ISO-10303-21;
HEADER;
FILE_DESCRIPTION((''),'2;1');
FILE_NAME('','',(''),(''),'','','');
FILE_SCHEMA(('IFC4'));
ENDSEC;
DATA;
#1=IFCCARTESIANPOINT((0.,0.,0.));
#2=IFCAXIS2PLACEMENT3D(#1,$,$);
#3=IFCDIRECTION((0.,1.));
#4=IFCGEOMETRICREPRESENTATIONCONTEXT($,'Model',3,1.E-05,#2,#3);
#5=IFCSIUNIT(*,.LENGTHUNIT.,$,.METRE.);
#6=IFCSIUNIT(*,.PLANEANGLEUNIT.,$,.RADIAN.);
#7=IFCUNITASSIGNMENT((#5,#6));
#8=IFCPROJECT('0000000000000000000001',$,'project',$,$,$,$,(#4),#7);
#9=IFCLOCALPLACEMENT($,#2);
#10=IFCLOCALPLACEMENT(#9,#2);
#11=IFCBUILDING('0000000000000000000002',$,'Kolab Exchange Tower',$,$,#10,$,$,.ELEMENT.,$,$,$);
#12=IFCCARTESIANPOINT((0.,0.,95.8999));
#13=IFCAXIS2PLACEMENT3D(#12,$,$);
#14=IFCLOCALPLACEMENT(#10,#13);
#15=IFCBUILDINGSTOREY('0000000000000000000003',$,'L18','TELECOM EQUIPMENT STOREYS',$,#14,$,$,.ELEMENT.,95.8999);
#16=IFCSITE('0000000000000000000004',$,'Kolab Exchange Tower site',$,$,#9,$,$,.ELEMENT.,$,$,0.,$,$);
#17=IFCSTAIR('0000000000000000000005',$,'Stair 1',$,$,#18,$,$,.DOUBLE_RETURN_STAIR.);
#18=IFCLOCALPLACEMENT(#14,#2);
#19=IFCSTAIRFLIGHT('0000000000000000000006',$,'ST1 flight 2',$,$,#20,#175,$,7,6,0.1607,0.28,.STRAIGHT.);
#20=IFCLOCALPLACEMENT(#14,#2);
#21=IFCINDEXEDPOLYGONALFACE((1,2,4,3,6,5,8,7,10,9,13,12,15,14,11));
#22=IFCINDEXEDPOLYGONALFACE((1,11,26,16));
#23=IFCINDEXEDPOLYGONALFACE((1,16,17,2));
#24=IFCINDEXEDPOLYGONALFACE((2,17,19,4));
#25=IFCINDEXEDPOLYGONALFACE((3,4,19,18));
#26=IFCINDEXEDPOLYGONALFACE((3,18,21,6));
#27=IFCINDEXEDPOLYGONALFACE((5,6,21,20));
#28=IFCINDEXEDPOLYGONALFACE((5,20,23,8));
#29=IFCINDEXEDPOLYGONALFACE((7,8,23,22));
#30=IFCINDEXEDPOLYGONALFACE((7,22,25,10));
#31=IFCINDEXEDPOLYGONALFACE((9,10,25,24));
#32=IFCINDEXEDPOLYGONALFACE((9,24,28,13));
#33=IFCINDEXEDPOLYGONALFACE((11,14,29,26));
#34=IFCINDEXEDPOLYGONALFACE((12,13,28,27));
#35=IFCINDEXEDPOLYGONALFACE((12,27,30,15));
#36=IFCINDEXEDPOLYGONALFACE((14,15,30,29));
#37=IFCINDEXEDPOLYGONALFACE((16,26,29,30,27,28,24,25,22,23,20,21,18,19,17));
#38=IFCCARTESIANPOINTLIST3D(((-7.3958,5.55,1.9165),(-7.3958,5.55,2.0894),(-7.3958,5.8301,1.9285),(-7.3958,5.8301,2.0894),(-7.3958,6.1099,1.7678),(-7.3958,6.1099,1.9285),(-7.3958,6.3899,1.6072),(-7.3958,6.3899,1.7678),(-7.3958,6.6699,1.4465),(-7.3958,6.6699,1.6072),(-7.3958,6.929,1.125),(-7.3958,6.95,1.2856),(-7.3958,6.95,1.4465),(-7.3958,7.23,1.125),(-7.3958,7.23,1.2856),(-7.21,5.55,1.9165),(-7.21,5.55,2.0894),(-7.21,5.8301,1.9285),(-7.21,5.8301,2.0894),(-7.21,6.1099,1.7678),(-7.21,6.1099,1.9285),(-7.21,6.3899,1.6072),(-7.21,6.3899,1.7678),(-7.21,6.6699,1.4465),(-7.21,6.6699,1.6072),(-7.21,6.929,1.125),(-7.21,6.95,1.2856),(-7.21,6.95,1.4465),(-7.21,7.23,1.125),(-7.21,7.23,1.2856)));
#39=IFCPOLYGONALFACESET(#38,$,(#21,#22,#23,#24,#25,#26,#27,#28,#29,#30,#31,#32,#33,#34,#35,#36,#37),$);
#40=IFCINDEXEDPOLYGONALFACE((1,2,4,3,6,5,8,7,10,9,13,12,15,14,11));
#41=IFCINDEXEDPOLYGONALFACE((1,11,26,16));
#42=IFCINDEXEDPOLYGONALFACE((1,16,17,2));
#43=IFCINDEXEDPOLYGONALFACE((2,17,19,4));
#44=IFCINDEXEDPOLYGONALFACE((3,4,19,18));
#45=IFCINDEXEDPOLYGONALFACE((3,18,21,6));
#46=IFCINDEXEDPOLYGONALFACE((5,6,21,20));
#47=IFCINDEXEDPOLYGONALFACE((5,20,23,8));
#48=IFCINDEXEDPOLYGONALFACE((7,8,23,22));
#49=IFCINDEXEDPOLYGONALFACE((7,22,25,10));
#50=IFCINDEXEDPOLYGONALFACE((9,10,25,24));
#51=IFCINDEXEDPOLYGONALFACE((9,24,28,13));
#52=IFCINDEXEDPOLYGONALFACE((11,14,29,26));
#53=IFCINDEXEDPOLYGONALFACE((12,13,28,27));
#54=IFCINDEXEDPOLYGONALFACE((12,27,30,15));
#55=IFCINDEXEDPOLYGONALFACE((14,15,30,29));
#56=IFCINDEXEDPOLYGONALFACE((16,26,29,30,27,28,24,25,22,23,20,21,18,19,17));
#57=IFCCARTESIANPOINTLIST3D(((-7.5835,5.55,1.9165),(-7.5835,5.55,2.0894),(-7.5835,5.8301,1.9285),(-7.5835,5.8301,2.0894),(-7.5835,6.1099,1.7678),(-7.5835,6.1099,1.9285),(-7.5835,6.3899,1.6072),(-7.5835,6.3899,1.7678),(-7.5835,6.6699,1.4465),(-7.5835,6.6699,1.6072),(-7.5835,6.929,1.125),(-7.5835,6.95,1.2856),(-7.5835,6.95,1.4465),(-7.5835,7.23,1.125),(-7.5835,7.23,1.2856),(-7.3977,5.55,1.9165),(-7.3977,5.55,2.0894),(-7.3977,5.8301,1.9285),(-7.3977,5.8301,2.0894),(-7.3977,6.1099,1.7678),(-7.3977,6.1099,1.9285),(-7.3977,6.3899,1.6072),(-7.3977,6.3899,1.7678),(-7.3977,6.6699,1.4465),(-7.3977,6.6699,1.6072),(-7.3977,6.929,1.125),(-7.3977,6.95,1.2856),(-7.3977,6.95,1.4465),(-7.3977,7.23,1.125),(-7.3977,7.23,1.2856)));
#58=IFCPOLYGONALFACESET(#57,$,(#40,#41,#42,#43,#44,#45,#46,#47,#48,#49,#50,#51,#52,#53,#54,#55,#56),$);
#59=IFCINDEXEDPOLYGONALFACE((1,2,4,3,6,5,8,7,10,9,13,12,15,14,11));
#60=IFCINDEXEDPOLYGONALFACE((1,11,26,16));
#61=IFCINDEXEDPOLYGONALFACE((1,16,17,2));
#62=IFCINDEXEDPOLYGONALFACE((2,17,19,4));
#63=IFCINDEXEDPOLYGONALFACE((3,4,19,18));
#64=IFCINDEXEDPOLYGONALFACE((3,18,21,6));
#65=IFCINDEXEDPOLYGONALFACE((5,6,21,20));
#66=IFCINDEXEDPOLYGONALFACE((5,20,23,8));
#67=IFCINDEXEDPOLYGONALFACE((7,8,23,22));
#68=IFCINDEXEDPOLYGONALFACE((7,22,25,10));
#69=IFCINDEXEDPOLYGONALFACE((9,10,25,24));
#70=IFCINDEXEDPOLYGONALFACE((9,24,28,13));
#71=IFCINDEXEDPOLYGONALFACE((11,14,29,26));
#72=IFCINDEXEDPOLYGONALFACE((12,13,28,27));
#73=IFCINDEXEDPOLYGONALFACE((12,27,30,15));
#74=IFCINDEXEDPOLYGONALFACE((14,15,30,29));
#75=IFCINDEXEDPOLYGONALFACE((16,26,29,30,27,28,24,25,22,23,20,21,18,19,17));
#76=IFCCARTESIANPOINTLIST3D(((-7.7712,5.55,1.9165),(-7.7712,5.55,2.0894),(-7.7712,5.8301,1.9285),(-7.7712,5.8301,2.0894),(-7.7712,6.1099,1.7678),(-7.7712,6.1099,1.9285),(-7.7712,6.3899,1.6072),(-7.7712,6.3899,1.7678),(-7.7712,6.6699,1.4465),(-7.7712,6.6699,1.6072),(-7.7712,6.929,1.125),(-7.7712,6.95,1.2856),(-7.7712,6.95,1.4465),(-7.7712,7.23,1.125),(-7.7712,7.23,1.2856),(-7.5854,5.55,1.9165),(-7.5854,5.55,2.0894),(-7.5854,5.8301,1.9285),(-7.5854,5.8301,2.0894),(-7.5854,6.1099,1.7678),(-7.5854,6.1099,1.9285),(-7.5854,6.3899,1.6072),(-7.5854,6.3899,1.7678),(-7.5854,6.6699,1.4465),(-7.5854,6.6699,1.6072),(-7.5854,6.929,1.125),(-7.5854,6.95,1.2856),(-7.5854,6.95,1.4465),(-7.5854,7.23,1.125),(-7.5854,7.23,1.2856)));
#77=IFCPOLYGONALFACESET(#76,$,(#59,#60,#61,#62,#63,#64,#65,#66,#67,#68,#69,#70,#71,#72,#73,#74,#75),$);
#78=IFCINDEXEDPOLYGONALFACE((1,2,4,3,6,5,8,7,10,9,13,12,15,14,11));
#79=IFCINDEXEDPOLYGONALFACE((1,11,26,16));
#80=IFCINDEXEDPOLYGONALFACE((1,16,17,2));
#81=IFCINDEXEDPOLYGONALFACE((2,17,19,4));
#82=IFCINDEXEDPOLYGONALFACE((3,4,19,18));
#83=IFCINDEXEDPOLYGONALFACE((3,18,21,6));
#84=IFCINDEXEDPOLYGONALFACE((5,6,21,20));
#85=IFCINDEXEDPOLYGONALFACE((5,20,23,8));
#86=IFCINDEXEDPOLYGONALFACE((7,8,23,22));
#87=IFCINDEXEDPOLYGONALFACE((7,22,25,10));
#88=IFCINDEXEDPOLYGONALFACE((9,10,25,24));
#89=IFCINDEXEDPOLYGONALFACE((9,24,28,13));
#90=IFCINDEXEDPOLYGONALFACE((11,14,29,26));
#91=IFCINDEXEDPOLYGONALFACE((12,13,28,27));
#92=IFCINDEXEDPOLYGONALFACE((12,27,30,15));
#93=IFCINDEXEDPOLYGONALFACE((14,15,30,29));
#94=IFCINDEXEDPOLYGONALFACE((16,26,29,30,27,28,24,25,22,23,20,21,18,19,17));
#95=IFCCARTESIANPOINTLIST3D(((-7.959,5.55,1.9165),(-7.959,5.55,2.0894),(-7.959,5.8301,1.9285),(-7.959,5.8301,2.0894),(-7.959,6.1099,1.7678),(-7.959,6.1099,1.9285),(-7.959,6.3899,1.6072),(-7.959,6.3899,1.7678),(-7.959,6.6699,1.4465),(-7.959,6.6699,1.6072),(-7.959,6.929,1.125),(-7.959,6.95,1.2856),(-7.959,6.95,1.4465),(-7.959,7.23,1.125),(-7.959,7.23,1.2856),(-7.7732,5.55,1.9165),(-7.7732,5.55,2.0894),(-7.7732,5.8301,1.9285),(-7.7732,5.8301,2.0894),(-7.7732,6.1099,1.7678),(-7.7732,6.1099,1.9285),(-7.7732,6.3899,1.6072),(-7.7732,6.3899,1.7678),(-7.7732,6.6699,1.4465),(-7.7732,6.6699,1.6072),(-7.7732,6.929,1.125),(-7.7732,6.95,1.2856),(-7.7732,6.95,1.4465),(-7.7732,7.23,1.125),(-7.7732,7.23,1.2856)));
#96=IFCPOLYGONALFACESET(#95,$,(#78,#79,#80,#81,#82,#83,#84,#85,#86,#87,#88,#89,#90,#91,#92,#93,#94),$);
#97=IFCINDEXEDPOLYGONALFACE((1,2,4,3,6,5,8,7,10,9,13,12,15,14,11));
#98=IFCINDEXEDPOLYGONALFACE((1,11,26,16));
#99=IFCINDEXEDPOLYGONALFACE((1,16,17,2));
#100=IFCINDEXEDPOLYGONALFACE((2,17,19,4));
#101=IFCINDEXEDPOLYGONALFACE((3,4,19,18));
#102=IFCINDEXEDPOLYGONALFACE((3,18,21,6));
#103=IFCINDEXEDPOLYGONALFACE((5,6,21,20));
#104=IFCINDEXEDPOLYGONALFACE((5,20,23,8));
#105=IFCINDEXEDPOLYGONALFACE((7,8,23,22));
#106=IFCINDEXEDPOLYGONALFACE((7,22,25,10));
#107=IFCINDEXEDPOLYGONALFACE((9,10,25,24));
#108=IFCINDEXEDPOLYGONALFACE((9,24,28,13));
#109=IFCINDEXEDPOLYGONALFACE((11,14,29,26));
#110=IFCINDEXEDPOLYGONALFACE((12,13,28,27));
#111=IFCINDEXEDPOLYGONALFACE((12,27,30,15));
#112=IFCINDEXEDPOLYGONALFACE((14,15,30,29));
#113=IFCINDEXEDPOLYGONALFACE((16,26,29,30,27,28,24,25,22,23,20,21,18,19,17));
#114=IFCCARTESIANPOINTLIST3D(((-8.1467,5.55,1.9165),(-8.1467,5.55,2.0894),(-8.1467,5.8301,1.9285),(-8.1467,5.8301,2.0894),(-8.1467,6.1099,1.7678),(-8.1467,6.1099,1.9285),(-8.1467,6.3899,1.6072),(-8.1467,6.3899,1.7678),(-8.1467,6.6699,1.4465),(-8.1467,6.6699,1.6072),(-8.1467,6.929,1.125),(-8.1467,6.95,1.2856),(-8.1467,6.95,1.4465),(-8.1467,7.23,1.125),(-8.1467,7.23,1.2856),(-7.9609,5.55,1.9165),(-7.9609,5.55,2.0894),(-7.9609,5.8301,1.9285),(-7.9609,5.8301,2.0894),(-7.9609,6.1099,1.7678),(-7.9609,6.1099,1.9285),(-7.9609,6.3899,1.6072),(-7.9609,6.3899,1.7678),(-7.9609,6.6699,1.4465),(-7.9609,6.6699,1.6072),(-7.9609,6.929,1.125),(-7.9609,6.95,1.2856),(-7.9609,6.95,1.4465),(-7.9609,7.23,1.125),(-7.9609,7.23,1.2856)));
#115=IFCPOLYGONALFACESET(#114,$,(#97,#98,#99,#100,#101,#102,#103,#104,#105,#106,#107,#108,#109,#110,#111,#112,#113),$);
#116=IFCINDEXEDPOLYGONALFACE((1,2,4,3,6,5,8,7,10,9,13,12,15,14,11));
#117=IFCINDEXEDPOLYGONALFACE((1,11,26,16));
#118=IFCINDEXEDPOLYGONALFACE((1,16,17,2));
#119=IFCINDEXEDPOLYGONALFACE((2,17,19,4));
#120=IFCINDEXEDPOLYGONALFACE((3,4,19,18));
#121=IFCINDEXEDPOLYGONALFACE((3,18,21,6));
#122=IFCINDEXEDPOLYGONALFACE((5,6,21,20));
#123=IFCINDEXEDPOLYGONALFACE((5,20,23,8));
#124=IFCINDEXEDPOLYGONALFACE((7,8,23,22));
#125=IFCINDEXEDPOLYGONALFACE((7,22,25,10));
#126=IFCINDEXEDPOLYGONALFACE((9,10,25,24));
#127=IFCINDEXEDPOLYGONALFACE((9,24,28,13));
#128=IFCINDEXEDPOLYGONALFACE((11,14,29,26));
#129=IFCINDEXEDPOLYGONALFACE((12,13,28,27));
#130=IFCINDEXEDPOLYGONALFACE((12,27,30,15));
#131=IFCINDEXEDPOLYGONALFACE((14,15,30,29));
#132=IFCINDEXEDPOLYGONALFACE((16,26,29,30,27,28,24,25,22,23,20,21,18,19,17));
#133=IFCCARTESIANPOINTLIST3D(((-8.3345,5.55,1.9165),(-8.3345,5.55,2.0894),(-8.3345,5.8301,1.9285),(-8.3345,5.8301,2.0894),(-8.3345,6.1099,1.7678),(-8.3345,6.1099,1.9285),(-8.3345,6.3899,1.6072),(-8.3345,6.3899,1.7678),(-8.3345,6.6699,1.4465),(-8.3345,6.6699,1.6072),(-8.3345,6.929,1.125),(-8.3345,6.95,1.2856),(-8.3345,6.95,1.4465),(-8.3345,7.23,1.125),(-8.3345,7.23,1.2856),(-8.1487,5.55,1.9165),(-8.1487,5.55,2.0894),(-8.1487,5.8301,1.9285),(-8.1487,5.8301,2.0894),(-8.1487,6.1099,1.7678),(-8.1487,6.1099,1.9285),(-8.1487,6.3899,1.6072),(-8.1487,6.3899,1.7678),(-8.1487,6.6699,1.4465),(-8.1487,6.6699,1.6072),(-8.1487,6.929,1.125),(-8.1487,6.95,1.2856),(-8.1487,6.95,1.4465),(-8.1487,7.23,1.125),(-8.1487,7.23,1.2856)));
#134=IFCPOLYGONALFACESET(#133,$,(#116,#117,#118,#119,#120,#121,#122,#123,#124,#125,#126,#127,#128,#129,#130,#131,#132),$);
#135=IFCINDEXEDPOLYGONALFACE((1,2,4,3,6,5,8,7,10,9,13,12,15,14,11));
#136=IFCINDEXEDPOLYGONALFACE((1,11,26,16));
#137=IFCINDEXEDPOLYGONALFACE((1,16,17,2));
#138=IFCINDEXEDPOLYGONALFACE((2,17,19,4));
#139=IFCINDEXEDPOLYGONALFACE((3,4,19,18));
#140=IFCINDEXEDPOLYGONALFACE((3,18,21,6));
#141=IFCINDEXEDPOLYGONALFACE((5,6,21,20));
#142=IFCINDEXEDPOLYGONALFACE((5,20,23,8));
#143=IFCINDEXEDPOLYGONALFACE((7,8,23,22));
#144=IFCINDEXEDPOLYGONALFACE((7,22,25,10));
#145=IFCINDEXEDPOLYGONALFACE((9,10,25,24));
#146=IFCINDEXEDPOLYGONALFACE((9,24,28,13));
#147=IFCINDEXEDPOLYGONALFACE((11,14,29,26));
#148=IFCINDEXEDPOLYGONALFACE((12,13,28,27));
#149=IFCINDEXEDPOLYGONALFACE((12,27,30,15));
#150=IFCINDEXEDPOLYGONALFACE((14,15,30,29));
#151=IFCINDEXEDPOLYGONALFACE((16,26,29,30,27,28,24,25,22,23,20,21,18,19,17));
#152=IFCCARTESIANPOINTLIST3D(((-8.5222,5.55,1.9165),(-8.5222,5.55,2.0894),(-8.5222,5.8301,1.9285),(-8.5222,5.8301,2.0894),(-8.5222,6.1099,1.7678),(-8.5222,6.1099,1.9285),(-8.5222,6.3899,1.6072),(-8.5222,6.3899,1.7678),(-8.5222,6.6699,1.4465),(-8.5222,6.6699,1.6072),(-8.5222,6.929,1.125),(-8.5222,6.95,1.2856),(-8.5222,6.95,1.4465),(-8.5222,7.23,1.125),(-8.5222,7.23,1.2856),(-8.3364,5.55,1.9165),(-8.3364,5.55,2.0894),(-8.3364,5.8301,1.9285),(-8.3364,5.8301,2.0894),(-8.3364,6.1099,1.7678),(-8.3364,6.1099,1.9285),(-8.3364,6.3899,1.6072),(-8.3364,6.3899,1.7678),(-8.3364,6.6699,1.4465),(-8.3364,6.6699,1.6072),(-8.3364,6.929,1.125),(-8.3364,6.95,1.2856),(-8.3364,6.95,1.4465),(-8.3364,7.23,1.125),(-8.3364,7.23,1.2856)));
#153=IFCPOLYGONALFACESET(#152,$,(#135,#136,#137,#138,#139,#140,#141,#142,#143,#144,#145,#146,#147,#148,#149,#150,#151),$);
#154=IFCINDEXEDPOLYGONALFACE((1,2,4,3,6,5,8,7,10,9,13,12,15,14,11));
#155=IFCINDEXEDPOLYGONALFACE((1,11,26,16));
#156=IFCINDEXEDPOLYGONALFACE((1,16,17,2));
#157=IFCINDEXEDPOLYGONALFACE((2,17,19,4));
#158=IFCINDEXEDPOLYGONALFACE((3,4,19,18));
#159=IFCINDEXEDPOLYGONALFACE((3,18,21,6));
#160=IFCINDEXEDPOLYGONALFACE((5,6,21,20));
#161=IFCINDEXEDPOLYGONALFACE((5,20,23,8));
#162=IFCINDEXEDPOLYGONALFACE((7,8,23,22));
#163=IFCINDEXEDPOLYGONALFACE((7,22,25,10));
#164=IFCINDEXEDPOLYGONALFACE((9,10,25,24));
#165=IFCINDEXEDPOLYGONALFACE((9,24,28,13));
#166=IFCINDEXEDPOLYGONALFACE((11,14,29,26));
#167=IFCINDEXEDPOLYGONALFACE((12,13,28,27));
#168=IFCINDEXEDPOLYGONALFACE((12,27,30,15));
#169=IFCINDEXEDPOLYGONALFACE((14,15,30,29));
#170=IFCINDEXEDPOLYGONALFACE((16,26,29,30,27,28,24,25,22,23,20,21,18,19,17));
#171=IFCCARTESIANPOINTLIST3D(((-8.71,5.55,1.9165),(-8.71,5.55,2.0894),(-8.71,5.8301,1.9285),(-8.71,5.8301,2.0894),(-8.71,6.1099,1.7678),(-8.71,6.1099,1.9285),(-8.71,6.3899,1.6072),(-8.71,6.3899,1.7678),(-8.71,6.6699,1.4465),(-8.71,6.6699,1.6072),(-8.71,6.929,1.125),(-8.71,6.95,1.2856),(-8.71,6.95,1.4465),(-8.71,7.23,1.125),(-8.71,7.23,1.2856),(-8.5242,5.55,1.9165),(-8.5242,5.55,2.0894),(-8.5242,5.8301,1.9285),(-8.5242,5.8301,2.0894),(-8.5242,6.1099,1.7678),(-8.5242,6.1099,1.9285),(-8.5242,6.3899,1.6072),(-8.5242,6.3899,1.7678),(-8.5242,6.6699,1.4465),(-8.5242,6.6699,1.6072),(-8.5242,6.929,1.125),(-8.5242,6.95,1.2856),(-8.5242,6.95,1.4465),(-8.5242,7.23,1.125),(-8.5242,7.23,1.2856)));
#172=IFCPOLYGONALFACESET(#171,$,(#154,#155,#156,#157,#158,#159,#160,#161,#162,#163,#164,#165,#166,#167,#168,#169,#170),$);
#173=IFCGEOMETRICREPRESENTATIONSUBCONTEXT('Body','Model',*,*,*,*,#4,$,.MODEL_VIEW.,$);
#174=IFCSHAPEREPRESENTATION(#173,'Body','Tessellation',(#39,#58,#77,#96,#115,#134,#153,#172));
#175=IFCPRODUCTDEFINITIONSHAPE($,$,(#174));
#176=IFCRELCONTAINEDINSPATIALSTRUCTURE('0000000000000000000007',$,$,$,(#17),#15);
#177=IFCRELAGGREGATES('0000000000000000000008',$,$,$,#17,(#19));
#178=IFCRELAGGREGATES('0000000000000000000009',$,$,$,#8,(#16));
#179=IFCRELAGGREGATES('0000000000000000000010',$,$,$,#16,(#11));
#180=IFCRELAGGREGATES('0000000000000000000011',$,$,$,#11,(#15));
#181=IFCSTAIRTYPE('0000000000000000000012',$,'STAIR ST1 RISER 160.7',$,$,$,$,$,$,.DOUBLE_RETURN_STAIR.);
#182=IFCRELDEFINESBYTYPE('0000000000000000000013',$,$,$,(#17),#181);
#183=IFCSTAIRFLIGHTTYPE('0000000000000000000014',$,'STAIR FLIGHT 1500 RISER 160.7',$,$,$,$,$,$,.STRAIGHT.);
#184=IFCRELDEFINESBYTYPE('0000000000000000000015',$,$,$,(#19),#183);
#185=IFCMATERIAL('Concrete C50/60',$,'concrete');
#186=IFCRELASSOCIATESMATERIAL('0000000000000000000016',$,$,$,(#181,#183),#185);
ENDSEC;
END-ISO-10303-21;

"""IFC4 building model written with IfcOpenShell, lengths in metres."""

from ifc_helpers import new_model, si_unit, direction, frame, origin, place, context, subcontext, project, spatial, polyline, outline, extrude, material, type_object, element, aggregate, save


model = new_model("IFC4")

# Units and contexts
model_context = context("Model", 3, precision=1e-05, world=origin(), true_north=direction((0.0, 1.0)))
body_context = subcontext(model_context, "Body", "Model", "MODEL_VIEW")
ifc_project = project(units=[si_unit("LENGTHUNIT", "METRE"), si_unit("PLANEANGLEUNIT", "RADIAN")], contexts=[model_context])

# Site, building, storey
site_placement = place(None, origin())
site = spatial("IfcSite", under=ifc_project, at=site_placement, Name="Kolab Exchange Tower site", CompositionType="ELEMENT", RefElevation=0.0)
building_placement = place(site_placement, origin())
building = spatial("IfcBuilding", under=site, at=building_placement, Name="Kolab Exchange Tower", CompositionType="ELEMENT")
storey_placement = place(building_placement, frame((0.0, 0.0, 95.8999)))
storey = spatial("IfcBuildingStorey", under=building, at=storey_placement, Name="L18", Description="TELECOM EQUIPMENT STOREYS", CompositionType="ELEMENT", Elevation=95.8999)

# Shared definitions
ifc_material_1 = material(Name="Concrete C50/60", Category="concrete")

# Stair, stair flight
stair_type = type_object("IfcStairType", Name="STAIR ST1 RISER 160.7", PredefinedType="DOUBLE_RETURN_STAIR", material=ifc_material_1)
stair_placement = place(storey_placement, origin())
stair = element("IfcStair", 1, at=stair_placement, inside=storey, type_object=stair_type, Name="Stair 1", PredefinedType="DOUBLE_RETURN_STAIR")
stair_flight_type = type_object("IfcStairFlightType", Name="STAIR FLIGHT 1500 RISER 160.7", PredefinedType="STRAIGHT", material=ifc_material_1)
stair_flight_1_placement = place(storey_placement, frame((-7.96, 7.23, 1.125), z_axis=(0.0, 0.0, 1.0), x_axis=(0.0, -1.0, 0.0)))
stair_flight_1 = element("IfcStairFlight", 2, at=stair_flight_1_placement, type_object=stair_flight_type, Name="ST1 flight 2", NumberOfRisers=7, NumberOfTreads=6, PredefinedType="STRAIGHT", RiserHeight=0.1607, TreadLength=0.28, context=body_context, shape_type="SweptSolid", body=[
    extrude(outline(polyline([(0.0, 0.0), (0.0, 0.1606), (0.28, 0.1606), (0.28, 0.3215), (0.5601, 0.3215), (0.5601, 0.4822), (0.8401, 0.4822), (0.8401, 0.6428), (1.1201, 0.6428), (1.1201, 0.8035), (1.3999, 0.8035), (1.3999, 0.9644), (1.6799, 0.9644), (1.6799, 1.125), (1.6799, 0.7915), (0.301, 0.0), (0.0, 0.0)])), frame((0.0, 0.75, 0.0), z_axis=(0.0, -1.0, 0.0), x_axis=(1.0, 0.0, 0.0)), (0.0, 0.0, 1.0), 0.1858),
    extrude(outline(polyline([(0.0, 0.0), (0.0, 0.1606), (0.28, 0.1606), (0.28, 0.3215), (0.5601, 0.3215), (0.5601, 0.4822), (0.8401, 0.4822), (0.8401, 0.6428), (1.1201, 0.6428), (1.1201, 0.8035), (1.3999, 0.8035), (1.3999, 0.9644), (1.6799, 0.9644), (1.6799, 1.125), (1.6799, 0.7915), (0.301, 0.0), (0.0, 0.0)])), frame((0.0, 0.5623, 0.0), z_axis=(0.0, -1.0, 0.0), x_axis=(1.0, 0.0, 0.0)), (0.0, 0.0, 1.0), 0.1858),
    extrude(outline(polyline([(0.0, 0.0), (0.0, 0.1606), (0.28, 0.1606), (0.28, 0.3215), (0.5601, 0.3215), (0.5601, 0.4822), (0.8401, 0.4822), (0.8401, 0.6428), (1.1201, 0.6428), (1.1201, 0.8035), (1.3999, 0.8035), (1.3999, 0.9644), (1.6799, 0.9644), (1.6799, 1.125), (1.6799, 0.7915), (0.301, 0.0), (0.0, 0.0)])), frame((0.0, 0.3745, 0.0), z_axis=(0.0, -1.0, 0.0), x_axis=(1.0, 0.0, 0.0)), (0.0, 0.0, 1.0), 0.1858),
    extrude(outline(polyline([(0.0, 0.0), (0.0, 0.1606), (0.28, 0.1606), (0.28, 0.3215), (0.5601, 0.3215), (0.5601, 0.4822), (0.8401, 0.4822), (0.8401, 0.6428), (1.1201, 0.6428), (1.1201, 0.8035), (1.3999, 0.8035), (1.3999, 0.9644), (1.6799, 0.9644), (1.6799, 1.125), (1.6799, 0.7915), (0.301, 0.0), (0.0, 0.0)])), frame((0.0, 0.1868, 0.0), z_axis=(0.0, -1.0, 0.0), x_axis=(1.0, 0.0, 0.0)), (0.0, 0.0, 1.0), 0.1858),
    extrude(outline(polyline([(0.0, 0.0), (0.0, 0.1606), (0.28, 0.1606), (0.28, 0.3215), (0.5601, 0.3215), (0.5601, 0.4822), (0.8401, 0.4822), (0.8401, 0.6428), (1.1201, 0.6428), (1.1201, 0.8035), (1.3999, 0.8035), (1.3999, 0.9644), (1.6799, 0.9644), (1.6799, 1.125), (1.6799, 0.7915), (0.301, 0.0), (0.0, 0.0)])), frame((0.0, -0.001, 0.0), z_axis=(0.0, -1.0, 0.0), x_axis=(1.0, 0.0, 0.0)), (0.0, 0.0, 1.0), 0.1858),
    extrude(outline(polyline([(0.0, 0.0), (0.0, 0.1606), (0.28, 0.1606), (0.28, 0.3215), (0.5601, 0.3215), (0.5601, 0.4822), (0.8401, 0.4822), (0.8401, 0.6428), (1.1201, 0.6428), (1.1201, 0.8035), (1.3999, 0.8035), (1.3999, 0.9644), (1.6799, 0.9644), (1.6799, 1.125), (1.6799, 0.7915), (0.301, 0.0), (0.0, 0.0)])), frame((0.0, -0.1887, 0.0), z_axis=(0.0, -1.0, 0.0), x_axis=(1.0, 0.0, 0.0)), (0.0, 0.0, 1.0), 0.1858),
    extrude(outline(polyline([(0.0, 0.0), (0.0, 0.1606), (0.28, 0.1606), (0.28, 0.3215), (0.5601, 0.3215), (0.5601, 0.4822), (0.8401, 0.4822), (0.8401, 0.6428), (1.1201, 0.6428), (1.1201, 0.8035), (1.3999, 0.8035), (1.3999, 0.9644), (1.6799, 0.9644), (1.6799, 1.125), (1.6799, 0.7915), (0.301, 0.0), (0.0, 0.0)])), frame((0.0, -0.3765, 0.0), z_axis=(0.0, -1.0, 0.0), x_axis=(1.0, 0.0, 0.0)), (0.0, 0.0, 1.0), 0.1858),
    extrude(outline(polyline([(0.0, 0.0), (0.0, 0.1606), (0.28, 0.1606), (0.28, 0.3215), (0.5601, 0.3215), (0.5601, 0.4822), (0.8401, 0.4822), (0.8401, 0.6428), (1.1201, 0.6428), (1.1201, 0.8035), (1.3999, 0.8035), (1.3999, 0.9644), (1.6799, 0.9644), (1.6799, 1.125), (1.6799, 0.7915), (0.301, 0.0), (0.0, 0.0)])), frame((0.0, -0.5642, 0.0), z_axis=(0.0, -1.0, 0.0), x_axis=(1.0, 0.0, 0.0)), (0.0, 0.0, 1.0), 0.1858),
])
aggregate(stair, [stair_flight_1])

save(model, "model.ifc")
